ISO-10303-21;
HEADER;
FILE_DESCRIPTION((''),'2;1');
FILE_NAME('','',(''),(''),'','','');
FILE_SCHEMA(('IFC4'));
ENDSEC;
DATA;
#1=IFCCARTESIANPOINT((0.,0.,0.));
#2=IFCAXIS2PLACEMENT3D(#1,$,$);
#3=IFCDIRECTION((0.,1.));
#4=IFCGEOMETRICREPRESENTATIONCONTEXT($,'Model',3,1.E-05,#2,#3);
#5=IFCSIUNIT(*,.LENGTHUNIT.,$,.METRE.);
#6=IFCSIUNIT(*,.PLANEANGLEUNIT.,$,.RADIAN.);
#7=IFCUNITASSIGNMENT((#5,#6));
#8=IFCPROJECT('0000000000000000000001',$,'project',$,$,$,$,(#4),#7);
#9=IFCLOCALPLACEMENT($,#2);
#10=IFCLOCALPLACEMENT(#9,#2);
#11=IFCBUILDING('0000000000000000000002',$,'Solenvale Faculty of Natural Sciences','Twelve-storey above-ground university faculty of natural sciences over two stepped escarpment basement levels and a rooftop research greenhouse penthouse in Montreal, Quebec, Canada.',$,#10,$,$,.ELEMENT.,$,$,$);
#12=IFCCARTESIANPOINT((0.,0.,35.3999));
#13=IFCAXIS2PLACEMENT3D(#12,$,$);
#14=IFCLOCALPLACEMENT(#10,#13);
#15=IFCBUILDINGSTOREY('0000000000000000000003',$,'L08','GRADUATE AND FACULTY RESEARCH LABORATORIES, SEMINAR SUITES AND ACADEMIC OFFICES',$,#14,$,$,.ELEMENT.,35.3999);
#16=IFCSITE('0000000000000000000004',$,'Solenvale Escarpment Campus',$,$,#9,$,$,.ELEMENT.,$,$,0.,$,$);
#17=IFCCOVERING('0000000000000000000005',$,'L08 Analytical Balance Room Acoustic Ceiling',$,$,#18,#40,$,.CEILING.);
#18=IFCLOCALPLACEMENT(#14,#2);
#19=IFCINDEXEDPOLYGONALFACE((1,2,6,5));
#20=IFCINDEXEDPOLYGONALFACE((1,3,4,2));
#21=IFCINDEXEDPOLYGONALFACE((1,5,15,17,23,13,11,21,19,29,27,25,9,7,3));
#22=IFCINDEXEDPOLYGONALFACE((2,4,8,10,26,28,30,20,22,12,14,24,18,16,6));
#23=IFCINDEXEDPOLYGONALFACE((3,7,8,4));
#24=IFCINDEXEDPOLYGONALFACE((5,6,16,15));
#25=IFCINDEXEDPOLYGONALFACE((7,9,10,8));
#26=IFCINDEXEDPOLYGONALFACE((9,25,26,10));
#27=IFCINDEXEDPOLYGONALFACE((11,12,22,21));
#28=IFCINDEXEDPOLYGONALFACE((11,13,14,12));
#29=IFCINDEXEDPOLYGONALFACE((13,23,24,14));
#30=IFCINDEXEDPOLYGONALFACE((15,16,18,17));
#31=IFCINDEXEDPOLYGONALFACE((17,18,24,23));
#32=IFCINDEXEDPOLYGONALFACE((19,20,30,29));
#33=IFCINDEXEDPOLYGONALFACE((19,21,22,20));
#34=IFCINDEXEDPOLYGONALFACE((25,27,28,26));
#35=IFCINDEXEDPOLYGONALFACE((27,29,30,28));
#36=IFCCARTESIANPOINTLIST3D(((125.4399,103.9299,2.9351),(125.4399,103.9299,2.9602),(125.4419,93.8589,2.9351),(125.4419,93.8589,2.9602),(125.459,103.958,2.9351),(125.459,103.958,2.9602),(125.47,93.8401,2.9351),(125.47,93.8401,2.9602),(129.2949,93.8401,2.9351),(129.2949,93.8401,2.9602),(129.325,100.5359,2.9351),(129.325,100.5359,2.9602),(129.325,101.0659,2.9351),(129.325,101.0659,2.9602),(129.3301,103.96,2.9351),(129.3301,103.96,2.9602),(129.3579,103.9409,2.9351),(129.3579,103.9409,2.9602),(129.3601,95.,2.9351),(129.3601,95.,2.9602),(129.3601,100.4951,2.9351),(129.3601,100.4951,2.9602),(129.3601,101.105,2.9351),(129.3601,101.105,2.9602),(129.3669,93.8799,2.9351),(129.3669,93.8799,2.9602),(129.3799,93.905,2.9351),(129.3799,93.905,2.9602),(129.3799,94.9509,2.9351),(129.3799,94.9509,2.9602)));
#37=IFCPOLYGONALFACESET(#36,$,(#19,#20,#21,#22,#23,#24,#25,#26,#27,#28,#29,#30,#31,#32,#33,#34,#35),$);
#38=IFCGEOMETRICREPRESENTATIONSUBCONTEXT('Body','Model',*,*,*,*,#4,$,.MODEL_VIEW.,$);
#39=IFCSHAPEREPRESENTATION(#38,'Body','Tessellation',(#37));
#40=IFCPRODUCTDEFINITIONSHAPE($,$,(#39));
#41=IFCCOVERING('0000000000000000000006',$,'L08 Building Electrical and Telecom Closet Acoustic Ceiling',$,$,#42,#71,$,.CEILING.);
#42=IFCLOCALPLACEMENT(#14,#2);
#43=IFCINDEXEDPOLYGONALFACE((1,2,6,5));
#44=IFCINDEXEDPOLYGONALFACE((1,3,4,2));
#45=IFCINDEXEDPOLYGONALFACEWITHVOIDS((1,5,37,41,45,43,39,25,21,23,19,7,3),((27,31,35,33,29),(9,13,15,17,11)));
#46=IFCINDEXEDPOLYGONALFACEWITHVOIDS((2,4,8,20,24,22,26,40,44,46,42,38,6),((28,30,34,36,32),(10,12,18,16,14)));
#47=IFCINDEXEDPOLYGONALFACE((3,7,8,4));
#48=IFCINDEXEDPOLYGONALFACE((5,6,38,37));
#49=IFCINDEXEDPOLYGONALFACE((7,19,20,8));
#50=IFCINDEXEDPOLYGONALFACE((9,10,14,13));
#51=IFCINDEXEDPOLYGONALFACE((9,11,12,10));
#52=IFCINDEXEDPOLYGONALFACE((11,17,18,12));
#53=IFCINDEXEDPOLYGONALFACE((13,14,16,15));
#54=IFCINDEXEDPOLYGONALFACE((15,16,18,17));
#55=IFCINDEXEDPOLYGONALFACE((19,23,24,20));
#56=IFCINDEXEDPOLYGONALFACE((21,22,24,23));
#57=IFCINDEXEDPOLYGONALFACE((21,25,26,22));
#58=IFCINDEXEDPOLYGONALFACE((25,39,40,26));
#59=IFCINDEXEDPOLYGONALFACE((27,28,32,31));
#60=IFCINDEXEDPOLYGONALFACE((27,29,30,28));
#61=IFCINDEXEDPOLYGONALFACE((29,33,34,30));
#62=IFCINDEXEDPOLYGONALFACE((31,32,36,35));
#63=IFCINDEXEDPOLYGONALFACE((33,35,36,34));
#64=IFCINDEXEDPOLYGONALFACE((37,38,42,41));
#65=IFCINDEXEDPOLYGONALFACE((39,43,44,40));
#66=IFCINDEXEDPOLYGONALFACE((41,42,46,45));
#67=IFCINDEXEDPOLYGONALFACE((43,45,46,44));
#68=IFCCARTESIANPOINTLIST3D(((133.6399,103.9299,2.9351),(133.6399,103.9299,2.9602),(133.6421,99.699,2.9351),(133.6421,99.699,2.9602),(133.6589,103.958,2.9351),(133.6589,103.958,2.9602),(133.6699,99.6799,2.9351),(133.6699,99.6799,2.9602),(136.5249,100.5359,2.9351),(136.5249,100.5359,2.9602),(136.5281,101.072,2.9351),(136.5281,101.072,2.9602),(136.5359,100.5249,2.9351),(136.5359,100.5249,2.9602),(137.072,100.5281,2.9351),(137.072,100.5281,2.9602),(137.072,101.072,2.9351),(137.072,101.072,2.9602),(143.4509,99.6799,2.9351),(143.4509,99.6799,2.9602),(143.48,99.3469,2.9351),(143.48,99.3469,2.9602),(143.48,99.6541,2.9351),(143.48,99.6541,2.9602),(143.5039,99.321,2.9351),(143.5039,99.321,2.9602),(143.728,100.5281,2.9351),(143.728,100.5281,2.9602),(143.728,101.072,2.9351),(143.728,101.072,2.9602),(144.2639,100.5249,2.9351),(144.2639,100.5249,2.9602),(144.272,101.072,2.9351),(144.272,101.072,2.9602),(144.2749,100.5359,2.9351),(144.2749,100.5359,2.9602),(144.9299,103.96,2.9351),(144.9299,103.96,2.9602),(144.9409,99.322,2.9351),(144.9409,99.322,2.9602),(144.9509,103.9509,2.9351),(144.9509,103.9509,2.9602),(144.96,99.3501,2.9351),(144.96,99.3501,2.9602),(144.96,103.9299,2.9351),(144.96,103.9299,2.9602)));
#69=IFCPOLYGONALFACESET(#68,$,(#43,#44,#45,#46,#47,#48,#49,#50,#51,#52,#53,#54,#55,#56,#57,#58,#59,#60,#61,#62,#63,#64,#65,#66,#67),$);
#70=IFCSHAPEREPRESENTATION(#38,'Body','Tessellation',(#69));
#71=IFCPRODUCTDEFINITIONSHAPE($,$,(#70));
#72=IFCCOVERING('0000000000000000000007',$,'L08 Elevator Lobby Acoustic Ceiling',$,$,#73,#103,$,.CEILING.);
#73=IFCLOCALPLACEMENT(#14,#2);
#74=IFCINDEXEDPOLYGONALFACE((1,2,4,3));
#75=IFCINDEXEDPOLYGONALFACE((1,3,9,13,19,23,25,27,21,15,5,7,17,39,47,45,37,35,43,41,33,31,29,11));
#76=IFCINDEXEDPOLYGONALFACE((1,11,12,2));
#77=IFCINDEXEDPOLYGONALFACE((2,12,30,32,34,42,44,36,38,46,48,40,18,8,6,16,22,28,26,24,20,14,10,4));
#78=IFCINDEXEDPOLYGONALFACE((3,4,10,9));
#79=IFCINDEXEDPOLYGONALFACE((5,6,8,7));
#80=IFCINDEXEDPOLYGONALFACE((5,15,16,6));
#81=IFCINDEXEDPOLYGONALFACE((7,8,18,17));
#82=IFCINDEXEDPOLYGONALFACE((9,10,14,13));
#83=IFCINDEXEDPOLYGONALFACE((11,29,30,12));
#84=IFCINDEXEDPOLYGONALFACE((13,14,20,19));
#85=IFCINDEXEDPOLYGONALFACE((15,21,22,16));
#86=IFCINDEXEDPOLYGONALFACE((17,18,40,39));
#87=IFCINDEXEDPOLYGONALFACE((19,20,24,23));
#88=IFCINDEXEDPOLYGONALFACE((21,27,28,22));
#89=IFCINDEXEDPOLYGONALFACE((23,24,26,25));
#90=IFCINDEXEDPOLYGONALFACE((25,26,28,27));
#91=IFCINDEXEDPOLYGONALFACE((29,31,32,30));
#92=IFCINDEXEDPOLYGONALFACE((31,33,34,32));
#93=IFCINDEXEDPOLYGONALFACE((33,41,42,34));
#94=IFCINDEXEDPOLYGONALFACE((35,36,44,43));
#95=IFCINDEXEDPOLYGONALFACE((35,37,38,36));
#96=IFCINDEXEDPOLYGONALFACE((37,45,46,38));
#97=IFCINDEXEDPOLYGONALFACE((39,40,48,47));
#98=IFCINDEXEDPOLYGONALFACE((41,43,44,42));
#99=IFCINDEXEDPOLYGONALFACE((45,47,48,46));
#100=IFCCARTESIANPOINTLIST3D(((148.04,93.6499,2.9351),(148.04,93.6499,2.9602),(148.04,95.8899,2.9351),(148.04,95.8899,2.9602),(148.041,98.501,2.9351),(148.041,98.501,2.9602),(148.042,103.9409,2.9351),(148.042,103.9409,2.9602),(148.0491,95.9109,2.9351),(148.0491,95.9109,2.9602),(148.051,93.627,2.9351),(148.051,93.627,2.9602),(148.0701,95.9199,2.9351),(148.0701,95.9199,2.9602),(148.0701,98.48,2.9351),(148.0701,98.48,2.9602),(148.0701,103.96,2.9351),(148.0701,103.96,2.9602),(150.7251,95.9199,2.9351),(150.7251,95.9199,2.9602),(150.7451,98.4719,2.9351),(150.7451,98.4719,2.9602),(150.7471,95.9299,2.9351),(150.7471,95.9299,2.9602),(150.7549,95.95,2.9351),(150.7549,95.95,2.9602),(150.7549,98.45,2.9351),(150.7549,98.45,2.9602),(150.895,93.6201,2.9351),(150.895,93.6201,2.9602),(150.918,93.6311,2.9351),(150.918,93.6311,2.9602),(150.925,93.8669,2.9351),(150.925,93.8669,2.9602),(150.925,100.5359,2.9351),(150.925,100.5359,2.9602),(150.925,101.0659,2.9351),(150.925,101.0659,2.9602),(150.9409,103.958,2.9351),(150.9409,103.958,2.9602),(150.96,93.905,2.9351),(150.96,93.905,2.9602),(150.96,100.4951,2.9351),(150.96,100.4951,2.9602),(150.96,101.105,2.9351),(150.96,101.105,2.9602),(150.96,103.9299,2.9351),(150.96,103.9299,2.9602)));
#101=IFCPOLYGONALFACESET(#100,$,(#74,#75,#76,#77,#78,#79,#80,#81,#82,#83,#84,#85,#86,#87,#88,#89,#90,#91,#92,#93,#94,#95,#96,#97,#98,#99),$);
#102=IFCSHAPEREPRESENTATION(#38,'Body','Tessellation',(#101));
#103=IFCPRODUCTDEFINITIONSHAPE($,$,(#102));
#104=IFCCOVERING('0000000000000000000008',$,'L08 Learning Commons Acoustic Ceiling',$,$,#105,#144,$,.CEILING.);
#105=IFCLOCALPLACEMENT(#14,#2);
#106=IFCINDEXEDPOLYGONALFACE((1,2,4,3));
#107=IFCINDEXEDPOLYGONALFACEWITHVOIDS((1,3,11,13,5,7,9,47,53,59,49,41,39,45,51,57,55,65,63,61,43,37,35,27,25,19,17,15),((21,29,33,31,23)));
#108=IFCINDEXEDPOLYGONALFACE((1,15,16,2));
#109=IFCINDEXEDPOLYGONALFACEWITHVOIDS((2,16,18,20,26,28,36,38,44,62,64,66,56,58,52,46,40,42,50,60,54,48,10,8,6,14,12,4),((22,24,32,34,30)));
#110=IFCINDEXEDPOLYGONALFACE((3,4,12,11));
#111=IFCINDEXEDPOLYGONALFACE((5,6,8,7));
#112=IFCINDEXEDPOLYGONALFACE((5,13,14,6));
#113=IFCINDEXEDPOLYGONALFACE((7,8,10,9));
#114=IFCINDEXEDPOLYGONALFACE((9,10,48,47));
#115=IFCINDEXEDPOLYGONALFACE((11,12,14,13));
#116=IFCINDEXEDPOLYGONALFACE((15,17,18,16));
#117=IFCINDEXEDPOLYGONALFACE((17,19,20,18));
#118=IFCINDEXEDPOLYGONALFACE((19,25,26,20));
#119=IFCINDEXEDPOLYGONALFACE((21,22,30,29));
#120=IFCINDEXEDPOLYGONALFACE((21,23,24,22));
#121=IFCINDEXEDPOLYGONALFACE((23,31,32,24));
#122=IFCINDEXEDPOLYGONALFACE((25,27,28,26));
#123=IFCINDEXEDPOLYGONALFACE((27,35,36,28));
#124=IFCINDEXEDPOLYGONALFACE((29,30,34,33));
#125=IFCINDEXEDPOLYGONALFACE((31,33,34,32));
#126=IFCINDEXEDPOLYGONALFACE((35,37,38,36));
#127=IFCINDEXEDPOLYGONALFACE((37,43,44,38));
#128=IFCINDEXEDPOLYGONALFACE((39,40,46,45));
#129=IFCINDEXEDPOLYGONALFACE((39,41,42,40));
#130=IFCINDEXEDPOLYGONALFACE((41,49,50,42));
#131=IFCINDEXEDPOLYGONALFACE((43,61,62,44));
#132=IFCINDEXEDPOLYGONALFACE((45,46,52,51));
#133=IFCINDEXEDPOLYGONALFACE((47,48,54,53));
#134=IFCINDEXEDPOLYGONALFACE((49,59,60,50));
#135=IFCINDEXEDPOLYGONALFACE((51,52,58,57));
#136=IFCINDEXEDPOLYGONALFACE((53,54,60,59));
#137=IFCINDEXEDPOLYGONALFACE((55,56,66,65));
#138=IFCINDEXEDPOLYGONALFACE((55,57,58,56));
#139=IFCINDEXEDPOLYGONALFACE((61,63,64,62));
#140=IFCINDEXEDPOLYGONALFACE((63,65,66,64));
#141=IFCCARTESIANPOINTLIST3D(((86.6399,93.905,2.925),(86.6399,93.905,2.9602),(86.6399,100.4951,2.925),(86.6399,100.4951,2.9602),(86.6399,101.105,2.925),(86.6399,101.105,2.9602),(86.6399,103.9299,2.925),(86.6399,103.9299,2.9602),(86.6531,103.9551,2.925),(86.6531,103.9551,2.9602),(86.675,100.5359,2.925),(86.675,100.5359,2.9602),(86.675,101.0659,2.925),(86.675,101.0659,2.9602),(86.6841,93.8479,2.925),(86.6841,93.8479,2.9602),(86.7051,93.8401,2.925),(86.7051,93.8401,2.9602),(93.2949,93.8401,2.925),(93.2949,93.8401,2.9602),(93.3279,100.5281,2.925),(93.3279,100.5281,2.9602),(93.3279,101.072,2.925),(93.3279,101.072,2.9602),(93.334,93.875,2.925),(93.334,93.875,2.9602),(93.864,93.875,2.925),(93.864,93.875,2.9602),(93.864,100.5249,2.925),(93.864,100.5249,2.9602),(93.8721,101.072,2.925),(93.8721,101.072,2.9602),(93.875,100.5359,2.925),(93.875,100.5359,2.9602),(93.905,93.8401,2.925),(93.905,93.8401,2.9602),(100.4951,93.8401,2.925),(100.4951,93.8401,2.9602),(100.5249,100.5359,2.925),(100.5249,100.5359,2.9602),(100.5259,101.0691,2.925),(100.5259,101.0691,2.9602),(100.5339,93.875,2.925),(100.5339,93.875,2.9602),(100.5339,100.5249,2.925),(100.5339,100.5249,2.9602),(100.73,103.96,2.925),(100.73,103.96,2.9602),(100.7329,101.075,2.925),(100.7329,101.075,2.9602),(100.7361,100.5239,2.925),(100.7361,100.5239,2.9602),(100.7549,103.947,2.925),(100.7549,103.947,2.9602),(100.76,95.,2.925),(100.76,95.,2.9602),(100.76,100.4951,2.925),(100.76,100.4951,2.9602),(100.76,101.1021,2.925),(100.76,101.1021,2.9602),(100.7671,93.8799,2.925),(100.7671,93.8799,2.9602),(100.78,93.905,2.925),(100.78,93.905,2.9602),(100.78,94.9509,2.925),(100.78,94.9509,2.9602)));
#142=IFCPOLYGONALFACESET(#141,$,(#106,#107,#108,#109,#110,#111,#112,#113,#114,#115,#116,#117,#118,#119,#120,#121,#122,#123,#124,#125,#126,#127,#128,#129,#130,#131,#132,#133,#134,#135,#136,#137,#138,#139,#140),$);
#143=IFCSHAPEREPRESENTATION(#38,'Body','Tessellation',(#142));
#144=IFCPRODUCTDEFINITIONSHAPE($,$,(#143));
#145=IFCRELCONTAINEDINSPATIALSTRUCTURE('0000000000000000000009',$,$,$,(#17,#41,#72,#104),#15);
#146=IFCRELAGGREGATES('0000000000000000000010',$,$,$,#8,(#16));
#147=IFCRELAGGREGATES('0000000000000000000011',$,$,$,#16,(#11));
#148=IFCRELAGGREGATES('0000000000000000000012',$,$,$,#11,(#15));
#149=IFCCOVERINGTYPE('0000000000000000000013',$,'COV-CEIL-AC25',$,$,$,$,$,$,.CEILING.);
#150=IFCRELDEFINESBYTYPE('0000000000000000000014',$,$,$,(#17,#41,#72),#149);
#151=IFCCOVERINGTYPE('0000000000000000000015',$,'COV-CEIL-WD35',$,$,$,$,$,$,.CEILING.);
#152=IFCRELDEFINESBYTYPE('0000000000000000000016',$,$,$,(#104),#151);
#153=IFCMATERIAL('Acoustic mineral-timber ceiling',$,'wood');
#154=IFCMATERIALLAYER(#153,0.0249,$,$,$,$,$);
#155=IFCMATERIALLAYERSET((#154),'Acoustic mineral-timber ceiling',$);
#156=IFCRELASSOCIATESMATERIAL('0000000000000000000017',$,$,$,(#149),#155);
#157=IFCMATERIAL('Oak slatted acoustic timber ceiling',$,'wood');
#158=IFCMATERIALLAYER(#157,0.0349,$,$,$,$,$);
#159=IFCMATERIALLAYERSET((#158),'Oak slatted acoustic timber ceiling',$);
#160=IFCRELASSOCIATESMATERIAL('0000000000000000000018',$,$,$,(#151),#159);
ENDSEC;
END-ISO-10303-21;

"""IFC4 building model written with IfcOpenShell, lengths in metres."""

from ifc_helpers import new_model, si_unit, direction, frame, origin, place, context, subcontext, project, spatial, polyline, outline, extrude, material, layer, layer_set, type_object, element, save


model = new_model("IFC4")

# Units and contexts
model_context = context("Model", 3, precision=1e-05, world=origin(), true_north=direction((0.0, 1.0)))
body_context = subcontext(model_context, "Body", "Model", "MODEL_VIEW")
ifc_project = project(units=[si_unit("LENGTHUNIT", "METRE"), si_unit("PLANEANGLEUNIT", "RADIAN")], contexts=[model_context])

# Site, building, storey
site_placement = place(None, origin())
site = spatial("IfcSite", under=ifc_project, at=site_placement, Name="Solenvale Escarpment Campus", CompositionType="ELEMENT", RefElevation=0.0)
building_placement = place(site_placement, origin())
building = spatial("IfcBuilding", under=site, at=building_placement, Name="Solenvale Faculty of Natural Sciences", Description="Twelve-storey above-ground university faculty of natural sciences over two stepped escarpment basement levels and a rooftop research greenhouse penthouse in Montreal, Quebec, Canada.", CompositionType="ELEMENT")
storey_placement = place(building_placement, frame((0.0, 0.0, 35.3999)))
storey = spatial("IfcBuildingStorey", under=building, at=storey_placement, Name="L08", Description="GRADUATE AND FACULTY RESEARCH LABORATORIES, SEMINAR SUITES AND ACADEMIC OFFICES", CompositionType="ELEMENT", Elevation=35.3999)

# Coverings
ifc_material_1 = material(Name="Acoustic mineral-timber ceiling", Category="wood")
ifc_layer_1 = layer(ifc_material_1, 0.0249)
ifc_layer_set_1 = layer_set([ifc_layer_1], Name="Acoustic mineral-timber ceiling")
covering_type_1 = type_object("IfcCoveringType", Name="COV-CEIL-AC25", PredefinedType="CEILING", material=ifc_layer_set_1)
covering_1_placement = place(storey_placement, frame((0.0, 0.0, 2.9351)))
element("IfcCovering", 1, at=covering_1_placement, inside=storey, type_object=covering_type_1, Name="L08 Analytical Balance Room Acoustic Ceiling", PredefinedType="CEILING", context=body_context, shape_type="SweptSolid", body=[
    extrude(outline(polyline([(129.3669, 93.8799), (129.2949, 93.8401), (125.47, 93.8401), (125.4419, 93.8589), (125.4399, 103.9299), (125.459, 103.958), (129.3301, 103.96), (129.3579, 103.9409), (129.3601, 101.105), (129.325, 101.0659), (129.325, 100.5359), (129.3601, 100.4951), (129.3601, 95.0), (129.3799, 94.9509), (129.3799, 93.905), (129.3669, 93.8799)])), origin(), (0.0, 0.0, 1.0), 0.0251),
])
covering_2_placement = place(storey_placement, frame((0.0, 0.0, 2.9351)))
element("IfcCovering", 2, at=covering_2_placement, inside=storey, type_object=covering_type_1, Name="L08 Building Electrical and Telecom Closet Acoustic Ceiling", PredefinedType="CEILING", context=body_context, shape_type="SweptSolid", body=[
    extrude(outline(polyline([(144.9299, 103.96), (144.9509, 103.9509), (144.96, 103.9299), (144.96, 99.3501), (144.9409, 99.322), (143.5039, 99.321), (143.48, 99.3469), (143.48, 99.6541), (143.4509, 99.6799), (133.6699, 99.6799), (133.6421, 99.699), (133.6399, 103.9299), (133.6589, 103.958), (144.9299, 103.96)]), holes=[polyline([(144.2639, 100.5249), (144.2749, 100.5359), (144.272, 101.072), (143.728, 101.072), (143.728, 100.5281), (144.2639, 100.5249)]), polyline([(136.5249, 100.5359), (136.5359, 100.5249), (137.072, 100.5281), (137.072, 101.072), (136.5281, 101.072), (136.5249, 100.5359)])]), origin(), (0.0, 0.0, 1.0), 0.0251),
])
covering_3_placement = place(storey_placement, frame((0.0, 0.0, 2.9351)))
element("IfcCovering", 3, at=covering_3_placement, inside=storey, type_object=covering_type_1, Name="L08 Elevator Lobby Acoustic Ceiling", PredefinedType="CEILING", context=body_context, shape_type="SweptSolid", body=[
    extrude(outline(polyline([(148.04, 95.8899), (148.0491, 95.9109), (148.0701, 95.9199), (150.7251, 95.9199), (150.7471, 95.9299), (150.7549, 95.95), (150.7549, 98.45), (150.7451, 98.4719), (148.0701, 98.48), (148.041, 98.501), (148.042, 103.9409), (148.0701, 103.96), (150.9409, 103.958), (150.96, 103.9299), (150.96, 101.105), (150.925, 101.0659), (150.925, 100.5359), (150.96, 100.4951), (150.96, 93.905), (150.925, 93.8669), (150.918, 93.6311), (150.895, 93.6201), (148.051, 93.627), (148.04, 93.6499), (148.04, 95.8899)])), origin(), (0.0, 0.0, 1.0), 0.0251),
])
ifc_material_2 = material(Name="Oak slatted acoustic timber ceiling", Category="wood")
ifc_layer_2 = layer(ifc_material_2, 0.0349)
ifc_layer_set_2 = layer_set([ifc_layer_2], Name="Oak slatted acoustic timber ceiling")
covering_type_2 = type_object("IfcCoveringType", Name="COV-CEIL-WD35", PredefinedType="CEILING", material=ifc_layer_set_2)
covering_4_placement = place(storey_placement, frame((0.0, 0.0, 2.925)))
element("IfcCovering", 4, at=covering_4_placement, inside=storey, type_object=covering_type_2, Name="L08 Learning Commons Acoustic Ceiling", PredefinedType="CEILING", context=body_context, shape_type="SweptSolid", body=[
    extrude(outline(polyline([(86.7051, 93.8401), (86.6841, 93.8479), (86.6399, 93.905), (86.6399, 100.4951), (86.675, 100.5359), (86.675, 101.0659), (86.6399, 101.105), (86.6399, 103.9299), (86.6531, 103.9551), (100.73, 103.96), (100.7549, 103.947), (100.76, 101.1021), (100.7329, 101.075), (100.5259, 101.0691), (100.5249, 100.5359), (100.5339, 100.5249), (100.7361, 100.5239), (100.76, 100.4951), (100.76, 95.0), (100.78, 94.9509), (100.78, 93.905), (100.7671, 93.8799), (100.5339, 93.875), (100.4951, 93.8401), (93.905, 93.8401), (93.864, 93.875), (93.334, 93.875), (93.2949, 93.8401), (86.7051, 93.8401)]), holes=[polyline([(93.864, 100.5249), (93.875, 100.5359), (93.8721, 101.072), (93.3279, 101.072), (93.3279, 100.5281), (93.864, 100.5249)])]), origin(), (0.0, 0.0, 1.0), 0.0352),
])

save(model, "model.ifc")
